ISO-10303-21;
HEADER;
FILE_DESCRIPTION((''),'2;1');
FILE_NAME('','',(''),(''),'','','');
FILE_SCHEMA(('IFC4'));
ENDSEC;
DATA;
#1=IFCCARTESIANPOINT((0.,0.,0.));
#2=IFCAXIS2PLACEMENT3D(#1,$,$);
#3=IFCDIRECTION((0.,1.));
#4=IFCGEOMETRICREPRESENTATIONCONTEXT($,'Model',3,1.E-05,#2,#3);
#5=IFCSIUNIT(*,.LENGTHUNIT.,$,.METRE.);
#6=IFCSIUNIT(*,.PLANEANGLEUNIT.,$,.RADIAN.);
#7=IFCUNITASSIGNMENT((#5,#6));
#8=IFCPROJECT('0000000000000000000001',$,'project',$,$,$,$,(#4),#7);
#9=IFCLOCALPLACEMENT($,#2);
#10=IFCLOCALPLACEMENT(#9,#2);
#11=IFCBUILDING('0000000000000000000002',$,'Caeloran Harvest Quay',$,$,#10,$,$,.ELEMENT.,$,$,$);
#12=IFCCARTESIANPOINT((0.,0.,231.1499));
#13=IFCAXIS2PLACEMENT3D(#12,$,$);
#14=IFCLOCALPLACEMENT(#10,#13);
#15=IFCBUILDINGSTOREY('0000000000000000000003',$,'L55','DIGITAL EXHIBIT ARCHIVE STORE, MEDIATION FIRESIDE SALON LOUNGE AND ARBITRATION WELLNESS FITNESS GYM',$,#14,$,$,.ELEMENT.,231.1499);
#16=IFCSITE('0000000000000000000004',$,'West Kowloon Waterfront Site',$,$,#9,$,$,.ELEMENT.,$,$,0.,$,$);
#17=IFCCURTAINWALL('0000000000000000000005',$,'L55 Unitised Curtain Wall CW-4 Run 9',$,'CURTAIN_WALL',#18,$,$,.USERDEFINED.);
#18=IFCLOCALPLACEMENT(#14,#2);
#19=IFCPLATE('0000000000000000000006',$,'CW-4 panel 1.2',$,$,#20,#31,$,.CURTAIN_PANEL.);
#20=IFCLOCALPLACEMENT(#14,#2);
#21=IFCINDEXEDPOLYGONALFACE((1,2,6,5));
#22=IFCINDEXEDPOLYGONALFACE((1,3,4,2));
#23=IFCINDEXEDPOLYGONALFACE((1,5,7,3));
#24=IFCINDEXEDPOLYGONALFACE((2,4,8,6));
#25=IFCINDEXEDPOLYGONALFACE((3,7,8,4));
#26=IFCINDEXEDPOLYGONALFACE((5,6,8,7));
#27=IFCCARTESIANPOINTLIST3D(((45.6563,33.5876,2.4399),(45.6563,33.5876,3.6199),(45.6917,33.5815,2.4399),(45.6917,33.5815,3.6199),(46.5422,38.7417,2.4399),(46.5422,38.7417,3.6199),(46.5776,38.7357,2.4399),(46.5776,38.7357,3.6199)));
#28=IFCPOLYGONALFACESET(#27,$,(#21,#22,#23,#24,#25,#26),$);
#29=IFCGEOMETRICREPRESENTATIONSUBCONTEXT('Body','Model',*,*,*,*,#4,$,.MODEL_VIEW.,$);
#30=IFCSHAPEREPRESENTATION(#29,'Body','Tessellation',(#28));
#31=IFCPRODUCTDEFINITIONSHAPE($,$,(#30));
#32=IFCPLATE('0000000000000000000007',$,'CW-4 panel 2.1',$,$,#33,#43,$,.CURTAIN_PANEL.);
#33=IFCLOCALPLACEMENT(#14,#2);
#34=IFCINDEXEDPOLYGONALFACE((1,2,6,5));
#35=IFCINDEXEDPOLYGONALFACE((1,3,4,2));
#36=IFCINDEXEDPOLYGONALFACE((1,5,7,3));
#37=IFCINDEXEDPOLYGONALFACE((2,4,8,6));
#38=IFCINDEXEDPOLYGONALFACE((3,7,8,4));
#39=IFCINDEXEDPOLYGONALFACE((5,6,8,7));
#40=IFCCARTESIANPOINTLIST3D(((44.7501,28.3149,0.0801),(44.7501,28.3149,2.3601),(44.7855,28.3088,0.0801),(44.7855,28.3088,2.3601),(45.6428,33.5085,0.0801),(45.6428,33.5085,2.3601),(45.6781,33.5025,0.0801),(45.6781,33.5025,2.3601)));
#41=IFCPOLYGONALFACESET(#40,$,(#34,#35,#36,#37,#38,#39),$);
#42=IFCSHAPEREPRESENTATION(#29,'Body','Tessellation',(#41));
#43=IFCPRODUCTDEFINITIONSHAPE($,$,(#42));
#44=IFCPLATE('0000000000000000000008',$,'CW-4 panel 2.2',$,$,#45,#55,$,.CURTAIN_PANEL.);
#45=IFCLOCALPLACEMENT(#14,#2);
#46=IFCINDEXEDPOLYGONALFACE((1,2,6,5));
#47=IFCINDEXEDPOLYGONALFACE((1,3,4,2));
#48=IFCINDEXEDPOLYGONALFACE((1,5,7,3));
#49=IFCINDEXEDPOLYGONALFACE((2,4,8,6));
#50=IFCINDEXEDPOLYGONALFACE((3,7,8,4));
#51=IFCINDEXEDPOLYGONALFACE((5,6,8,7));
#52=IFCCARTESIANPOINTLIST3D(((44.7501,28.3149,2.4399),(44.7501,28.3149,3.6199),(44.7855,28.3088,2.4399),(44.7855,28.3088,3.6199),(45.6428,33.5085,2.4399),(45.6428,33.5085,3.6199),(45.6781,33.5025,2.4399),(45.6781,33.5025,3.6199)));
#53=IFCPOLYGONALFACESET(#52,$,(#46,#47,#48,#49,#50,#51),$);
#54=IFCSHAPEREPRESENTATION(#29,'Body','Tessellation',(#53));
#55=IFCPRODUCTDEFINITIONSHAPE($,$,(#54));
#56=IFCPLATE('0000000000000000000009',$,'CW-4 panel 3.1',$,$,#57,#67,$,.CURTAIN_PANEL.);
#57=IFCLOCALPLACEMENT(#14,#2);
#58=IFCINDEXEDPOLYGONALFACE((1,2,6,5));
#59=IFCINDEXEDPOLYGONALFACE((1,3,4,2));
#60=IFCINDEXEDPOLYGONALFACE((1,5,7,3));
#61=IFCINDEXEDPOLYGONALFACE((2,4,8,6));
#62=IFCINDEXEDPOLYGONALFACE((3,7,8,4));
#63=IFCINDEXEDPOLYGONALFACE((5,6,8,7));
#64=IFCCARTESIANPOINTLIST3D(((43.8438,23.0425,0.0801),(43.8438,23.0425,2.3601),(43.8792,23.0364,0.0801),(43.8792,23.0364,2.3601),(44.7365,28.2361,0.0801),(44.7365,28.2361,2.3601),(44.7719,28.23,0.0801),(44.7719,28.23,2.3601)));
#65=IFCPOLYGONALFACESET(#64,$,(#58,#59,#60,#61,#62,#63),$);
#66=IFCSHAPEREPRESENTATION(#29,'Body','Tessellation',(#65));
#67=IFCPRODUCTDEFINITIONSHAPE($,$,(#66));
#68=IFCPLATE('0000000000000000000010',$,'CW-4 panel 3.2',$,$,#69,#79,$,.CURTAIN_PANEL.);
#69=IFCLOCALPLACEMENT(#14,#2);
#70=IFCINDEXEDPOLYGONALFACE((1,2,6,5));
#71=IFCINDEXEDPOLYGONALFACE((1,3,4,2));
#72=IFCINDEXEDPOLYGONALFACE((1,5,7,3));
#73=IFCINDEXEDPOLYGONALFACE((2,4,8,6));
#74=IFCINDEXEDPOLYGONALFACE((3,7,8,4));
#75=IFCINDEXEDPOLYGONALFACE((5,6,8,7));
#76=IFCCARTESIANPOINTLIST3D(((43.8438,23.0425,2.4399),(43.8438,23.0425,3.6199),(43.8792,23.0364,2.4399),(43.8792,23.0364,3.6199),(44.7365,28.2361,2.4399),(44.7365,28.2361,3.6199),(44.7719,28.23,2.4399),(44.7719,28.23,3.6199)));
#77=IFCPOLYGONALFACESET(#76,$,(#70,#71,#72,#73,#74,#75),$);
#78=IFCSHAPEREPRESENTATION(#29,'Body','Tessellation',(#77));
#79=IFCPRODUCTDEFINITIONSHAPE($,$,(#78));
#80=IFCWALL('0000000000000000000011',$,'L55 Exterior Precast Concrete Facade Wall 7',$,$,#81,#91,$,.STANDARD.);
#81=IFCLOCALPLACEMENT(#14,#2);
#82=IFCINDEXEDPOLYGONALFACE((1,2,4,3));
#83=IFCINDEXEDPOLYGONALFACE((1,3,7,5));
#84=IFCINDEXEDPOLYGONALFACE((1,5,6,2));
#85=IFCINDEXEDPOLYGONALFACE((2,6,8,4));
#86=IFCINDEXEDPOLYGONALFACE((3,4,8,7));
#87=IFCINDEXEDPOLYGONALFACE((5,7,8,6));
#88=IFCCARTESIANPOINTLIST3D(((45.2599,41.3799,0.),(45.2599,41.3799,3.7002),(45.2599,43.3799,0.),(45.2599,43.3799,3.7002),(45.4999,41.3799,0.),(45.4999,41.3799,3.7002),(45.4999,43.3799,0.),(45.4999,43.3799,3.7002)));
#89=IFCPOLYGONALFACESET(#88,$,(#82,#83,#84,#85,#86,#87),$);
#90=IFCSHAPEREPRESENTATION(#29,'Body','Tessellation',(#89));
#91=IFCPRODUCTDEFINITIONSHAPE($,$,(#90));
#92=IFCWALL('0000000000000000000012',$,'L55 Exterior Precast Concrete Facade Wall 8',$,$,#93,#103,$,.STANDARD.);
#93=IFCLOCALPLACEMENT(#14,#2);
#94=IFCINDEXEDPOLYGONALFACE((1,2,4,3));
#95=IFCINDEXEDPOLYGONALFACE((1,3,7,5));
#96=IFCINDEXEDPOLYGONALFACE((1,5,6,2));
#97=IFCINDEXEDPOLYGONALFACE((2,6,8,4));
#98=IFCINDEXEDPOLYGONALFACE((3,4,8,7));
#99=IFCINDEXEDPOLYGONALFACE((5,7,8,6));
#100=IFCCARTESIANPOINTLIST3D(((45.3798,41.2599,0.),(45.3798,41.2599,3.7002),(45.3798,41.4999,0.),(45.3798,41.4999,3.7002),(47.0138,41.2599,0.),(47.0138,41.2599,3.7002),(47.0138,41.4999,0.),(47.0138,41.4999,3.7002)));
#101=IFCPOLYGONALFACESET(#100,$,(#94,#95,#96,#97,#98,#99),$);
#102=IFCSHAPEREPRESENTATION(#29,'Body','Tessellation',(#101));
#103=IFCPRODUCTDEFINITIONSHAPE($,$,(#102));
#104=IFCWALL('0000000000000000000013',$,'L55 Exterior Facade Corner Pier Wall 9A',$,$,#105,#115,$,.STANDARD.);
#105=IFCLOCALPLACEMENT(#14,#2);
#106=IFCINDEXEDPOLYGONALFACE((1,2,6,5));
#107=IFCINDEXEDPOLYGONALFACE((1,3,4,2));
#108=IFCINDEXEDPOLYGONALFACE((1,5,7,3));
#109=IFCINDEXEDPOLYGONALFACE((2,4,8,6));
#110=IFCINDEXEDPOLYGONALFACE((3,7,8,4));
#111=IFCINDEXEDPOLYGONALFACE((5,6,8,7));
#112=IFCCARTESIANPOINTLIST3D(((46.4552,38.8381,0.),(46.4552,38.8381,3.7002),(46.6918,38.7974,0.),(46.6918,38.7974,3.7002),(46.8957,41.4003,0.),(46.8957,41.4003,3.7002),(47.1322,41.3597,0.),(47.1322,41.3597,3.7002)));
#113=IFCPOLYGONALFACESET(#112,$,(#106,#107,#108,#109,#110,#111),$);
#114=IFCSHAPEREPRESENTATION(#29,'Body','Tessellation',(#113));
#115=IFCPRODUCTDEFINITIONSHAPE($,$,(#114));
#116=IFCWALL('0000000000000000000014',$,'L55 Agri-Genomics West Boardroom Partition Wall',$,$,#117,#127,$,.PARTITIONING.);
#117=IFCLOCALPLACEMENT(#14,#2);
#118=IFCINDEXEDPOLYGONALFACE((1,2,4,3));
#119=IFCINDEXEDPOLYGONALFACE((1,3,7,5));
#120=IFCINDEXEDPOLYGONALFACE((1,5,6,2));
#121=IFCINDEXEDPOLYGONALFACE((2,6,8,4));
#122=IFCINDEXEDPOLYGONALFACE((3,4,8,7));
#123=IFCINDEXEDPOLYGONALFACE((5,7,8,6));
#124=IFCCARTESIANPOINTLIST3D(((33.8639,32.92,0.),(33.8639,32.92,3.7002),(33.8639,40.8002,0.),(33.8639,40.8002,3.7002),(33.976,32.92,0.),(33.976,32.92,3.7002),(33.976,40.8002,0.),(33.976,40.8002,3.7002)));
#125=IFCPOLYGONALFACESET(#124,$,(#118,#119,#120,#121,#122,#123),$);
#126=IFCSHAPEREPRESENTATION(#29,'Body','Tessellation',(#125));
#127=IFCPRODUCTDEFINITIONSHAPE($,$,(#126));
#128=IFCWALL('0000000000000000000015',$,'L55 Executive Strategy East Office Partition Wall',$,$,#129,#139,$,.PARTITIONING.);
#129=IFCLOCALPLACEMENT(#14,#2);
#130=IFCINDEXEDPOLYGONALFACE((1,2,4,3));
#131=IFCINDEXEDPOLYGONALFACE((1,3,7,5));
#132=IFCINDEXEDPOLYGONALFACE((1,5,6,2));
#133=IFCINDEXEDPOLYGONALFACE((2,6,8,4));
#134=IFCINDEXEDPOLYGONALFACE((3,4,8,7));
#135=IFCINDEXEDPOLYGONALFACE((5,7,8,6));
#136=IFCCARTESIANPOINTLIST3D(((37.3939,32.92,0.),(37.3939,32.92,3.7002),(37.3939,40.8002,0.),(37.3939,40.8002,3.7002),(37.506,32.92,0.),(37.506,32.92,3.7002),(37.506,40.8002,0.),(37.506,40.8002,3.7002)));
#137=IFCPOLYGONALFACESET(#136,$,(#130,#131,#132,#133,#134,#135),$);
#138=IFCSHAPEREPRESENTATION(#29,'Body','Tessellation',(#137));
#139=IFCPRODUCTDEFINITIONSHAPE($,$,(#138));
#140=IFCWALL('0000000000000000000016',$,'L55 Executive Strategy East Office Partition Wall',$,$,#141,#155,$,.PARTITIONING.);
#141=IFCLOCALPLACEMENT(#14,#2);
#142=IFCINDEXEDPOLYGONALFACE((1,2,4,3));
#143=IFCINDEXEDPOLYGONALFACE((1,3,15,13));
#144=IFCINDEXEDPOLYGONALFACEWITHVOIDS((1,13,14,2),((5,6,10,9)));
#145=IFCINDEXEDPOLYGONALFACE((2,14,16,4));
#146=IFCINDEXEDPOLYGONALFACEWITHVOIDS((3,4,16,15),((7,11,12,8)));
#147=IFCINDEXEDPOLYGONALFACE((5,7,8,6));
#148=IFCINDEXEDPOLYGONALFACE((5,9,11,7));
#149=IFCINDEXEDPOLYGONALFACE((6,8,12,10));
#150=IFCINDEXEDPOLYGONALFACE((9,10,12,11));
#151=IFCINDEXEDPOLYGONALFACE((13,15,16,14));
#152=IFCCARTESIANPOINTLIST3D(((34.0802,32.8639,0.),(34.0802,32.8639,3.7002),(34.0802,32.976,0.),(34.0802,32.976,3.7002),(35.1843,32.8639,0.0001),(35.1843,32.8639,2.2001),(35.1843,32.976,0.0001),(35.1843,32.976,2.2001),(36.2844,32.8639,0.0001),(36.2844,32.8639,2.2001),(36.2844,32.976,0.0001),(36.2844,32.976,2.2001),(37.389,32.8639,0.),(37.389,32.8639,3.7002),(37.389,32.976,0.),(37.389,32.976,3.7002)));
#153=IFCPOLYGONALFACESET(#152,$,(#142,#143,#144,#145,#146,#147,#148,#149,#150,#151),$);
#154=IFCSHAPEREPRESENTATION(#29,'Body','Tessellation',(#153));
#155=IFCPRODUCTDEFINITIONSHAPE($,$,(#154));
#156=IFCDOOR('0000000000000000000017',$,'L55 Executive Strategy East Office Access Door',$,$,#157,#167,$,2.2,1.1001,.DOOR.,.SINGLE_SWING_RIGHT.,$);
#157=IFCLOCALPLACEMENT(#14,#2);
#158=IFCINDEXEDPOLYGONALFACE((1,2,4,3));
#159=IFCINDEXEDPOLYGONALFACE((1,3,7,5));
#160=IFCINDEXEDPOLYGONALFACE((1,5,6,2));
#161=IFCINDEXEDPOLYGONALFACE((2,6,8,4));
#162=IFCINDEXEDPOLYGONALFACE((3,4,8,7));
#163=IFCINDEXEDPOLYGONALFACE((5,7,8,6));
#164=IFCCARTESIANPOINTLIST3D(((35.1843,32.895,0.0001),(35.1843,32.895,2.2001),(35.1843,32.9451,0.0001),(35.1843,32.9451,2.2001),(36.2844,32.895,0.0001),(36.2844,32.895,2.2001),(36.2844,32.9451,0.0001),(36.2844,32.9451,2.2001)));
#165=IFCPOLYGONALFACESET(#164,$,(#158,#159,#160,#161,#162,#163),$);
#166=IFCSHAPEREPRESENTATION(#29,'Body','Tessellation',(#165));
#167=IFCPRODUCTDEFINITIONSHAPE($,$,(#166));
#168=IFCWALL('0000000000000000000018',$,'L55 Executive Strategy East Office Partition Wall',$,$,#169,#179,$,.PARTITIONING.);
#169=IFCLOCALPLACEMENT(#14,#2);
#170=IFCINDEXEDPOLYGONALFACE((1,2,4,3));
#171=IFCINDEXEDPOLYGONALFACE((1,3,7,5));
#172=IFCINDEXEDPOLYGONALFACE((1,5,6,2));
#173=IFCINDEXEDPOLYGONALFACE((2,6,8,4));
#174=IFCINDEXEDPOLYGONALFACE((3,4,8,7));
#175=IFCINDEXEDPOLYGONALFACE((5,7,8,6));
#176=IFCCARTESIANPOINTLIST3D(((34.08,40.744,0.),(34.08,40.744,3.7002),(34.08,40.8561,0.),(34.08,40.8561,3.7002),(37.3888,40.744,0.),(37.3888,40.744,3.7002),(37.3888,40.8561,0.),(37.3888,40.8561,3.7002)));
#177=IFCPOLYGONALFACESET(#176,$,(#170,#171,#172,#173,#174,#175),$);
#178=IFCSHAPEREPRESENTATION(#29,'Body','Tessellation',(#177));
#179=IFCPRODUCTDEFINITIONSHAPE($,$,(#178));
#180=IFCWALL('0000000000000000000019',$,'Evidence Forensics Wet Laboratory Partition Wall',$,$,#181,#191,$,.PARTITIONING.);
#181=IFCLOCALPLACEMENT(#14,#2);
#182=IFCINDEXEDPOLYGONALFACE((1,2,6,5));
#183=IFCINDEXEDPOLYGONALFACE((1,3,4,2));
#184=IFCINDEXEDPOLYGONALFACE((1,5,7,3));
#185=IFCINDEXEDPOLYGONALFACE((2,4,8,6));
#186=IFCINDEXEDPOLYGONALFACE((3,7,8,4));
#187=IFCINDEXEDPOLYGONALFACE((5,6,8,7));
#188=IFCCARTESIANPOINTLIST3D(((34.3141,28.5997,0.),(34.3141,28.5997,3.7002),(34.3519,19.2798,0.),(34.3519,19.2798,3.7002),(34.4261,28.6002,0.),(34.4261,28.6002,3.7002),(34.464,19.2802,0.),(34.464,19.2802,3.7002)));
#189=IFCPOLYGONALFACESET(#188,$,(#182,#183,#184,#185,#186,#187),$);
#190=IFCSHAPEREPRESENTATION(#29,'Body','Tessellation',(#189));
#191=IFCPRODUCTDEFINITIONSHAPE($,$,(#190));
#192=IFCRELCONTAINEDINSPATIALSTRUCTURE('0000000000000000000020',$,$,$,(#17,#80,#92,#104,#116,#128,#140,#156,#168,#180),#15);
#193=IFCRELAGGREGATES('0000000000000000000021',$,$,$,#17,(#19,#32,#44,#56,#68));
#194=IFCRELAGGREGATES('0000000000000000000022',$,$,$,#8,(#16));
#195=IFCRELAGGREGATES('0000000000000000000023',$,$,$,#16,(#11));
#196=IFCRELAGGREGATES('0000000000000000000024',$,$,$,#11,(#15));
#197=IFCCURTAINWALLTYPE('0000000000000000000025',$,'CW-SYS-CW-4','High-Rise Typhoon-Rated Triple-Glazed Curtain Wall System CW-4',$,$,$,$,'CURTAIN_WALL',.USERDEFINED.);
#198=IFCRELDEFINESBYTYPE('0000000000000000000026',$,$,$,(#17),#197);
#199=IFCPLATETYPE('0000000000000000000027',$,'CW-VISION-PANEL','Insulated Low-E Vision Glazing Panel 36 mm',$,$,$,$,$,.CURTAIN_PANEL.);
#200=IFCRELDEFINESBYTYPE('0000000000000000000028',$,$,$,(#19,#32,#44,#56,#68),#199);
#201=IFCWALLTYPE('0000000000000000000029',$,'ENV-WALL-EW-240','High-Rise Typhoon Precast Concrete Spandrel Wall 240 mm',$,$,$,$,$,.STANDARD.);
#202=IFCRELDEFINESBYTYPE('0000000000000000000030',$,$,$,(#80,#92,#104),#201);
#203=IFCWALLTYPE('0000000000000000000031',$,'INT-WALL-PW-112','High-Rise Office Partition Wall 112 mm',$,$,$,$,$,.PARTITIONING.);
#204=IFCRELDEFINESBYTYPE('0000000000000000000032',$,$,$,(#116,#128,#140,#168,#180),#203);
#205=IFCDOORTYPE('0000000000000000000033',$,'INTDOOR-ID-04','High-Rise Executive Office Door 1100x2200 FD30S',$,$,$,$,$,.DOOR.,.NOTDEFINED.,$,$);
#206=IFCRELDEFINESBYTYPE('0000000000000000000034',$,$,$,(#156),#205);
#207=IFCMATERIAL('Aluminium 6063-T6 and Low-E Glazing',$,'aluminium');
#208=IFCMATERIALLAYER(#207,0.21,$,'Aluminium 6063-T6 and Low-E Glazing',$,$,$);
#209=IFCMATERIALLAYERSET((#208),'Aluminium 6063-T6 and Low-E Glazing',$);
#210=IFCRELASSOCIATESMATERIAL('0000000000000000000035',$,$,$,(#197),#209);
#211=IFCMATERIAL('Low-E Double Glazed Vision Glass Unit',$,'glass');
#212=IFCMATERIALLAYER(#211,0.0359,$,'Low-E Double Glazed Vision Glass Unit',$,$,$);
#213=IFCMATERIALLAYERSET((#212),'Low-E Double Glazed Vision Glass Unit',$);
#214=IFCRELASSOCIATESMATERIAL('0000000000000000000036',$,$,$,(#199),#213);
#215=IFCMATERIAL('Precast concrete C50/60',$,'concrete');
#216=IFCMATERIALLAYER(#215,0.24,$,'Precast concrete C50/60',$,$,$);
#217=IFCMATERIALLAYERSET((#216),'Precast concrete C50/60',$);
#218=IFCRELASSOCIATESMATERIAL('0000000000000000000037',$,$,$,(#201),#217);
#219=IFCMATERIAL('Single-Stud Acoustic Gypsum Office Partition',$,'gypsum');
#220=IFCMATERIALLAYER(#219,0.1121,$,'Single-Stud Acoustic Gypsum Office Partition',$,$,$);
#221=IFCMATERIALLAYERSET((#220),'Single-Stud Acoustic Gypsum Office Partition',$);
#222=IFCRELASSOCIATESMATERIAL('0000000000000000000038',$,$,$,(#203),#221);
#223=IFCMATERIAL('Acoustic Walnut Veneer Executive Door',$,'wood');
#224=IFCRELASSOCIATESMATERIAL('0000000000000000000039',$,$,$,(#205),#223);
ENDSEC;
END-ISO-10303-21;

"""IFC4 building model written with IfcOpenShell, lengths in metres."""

from ifc_helpers import new_model, si_unit, direction, frame, frame_2d, origin, origin_2d, place, context, subcontext, project, spatial, rectangle, extrude, material, layer, layer_set, type_object, element, fill, aggregate, save


model = new_model("IFC4")

# Units and contexts
model_context = context("Model", 3, precision=1e-05, world=origin(), true_north=direction((0.0, 1.0)))
body_context = subcontext(model_context, "Body", "Model", "MODEL_VIEW")
ifc_project = project(units=[si_unit("LENGTHUNIT", "METRE"), si_unit("PLANEANGLEUNIT", "RADIAN")], contexts=[model_context])

# Site, building, storey
site_placement = place(None, origin())
site = spatial("IfcSite", under=ifc_project, at=site_placement, Name="West Kowloon Waterfront Site", CompositionType="ELEMENT", RefElevation=0.0)
building_placement = place(site_placement, origin())
building = spatial("IfcBuilding", under=site, at=building_placement, Name="Caeloran Harvest Quay", CompositionType="ELEMENT")
storey_placement = place(building_placement, frame((0.0, 0.0, 231.1499)))
storey = spatial("IfcBuildingStorey", under=building, at=storey_placement, Name="L55", Description="DIGITAL EXHIBIT ARCHIVE STORE, MEDIATION FIRESIDE SALON LOUNGE AND ARBITRATION WELLNESS FITNESS GYM", CompositionType="ELEMENT", Elevation=231.1499)

# Curtain wall, plates
ifc_material_1 = material(Name="Aluminium 6063-T6 and Low-E Glazing", Category="aluminium")
ifc_layer_1 = layer(ifc_material_1, 0.21, Name="Aluminium 6063-T6 and Low-E Glazing")
ifc_layer_set_1 = layer_set([ifc_layer_1], Name="Aluminium 6063-T6 and Low-E Glazing")
curtain_wall_type = type_object("IfcCurtainWallType", Name="CW-SYS-CW-4", Description="High-Rise Typhoon-Rated Triple-Glazed Curtain Wall System CW-4", ElementType="CURTAIN_WALL", PredefinedType="USERDEFINED", material=ifc_layer_set_1)
curtain_wall_placement = place(storey_placement, origin())
curtain_wall = element("IfcCurtainWall", 1, at=curtain_wall_placement, inside=storey, type_object=curtain_wall_type, Name="L55 Unitised Curtain Wall CW-4 Run 9", ObjectType="CURTAIN_WALL", PredefinedType="USERDEFINED")
ifc_material_2 = material(Name="Low-E Double Glazed Vision Glass Unit", Category="glass")
ifc_layer_2 = layer(ifc_material_2, 0.0359, Name="Low-E Double Glazed Vision Glass Unit")
ifc_layer_set_2 = layer_set([ifc_layer_2], Name="Low-E Double Glazed Vision Glass Unit")
plate_type = type_object("IfcPlateType", Name="CW-VISION-PANEL", Description="Insulated Low-E Vision Glazing Panel 36 mm", PredefinedType="CURTAIN_PANEL", material=ifc_layer_set_2)
plate_1_placement = place(storey_placement, frame((46.1169, 36.1616, 2.4399), z_axis=(0.0, 0.0, 1.0), x_axis=(-0.169391, -0.985549, 0.0)))
plate_1 = element("IfcPlate", 2, at=plate_1_placement, type_object=plate_type, Name="CW-4 panel 1.2", PredefinedType="CURTAIN_PANEL", context=body_context, shape_type="SweptSolid", body=[
    extrude(rectangle(XDim=5.2297, YDim=0.0359, at=origin_2d()), origin(), (0.0, 0.0, 1.0), 1.1799),
])
plate_2_placement = place(storey_placement, frame((45.2141, 30.9087, 0.0801), z_axis=(0.0, 0.0, 1.0), x_axis=(-0.169391, -0.985549, 0.0)))
plate_2 = element("IfcPlate", 3, at=plate_2_placement, type_object=plate_type, Name="CW-4 panel 2.1", PredefinedType="CURTAIN_PANEL", context=body_context, shape_type="SweptSolid", body=[
    extrude(rectangle(XDim=5.2698, YDim=0.0359, at=origin_2d()), origin(), (0.0, 0.0, 1.0), 2.28),
])
plate_3_placement = place(storey_placement, frame((45.2141, 30.9087, 2.4399), z_axis=(0.0, 0.0, 1.0), x_axis=(-0.169391, -0.985549, 0.0)))
plate_3 = element("IfcPlate", 4, at=plate_3_placement, type_object=plate_type, Name="CW-4 panel 2.2", PredefinedType="CURTAIN_PANEL", context=body_context, shape_type="SweptSolid", body=[
    extrude(rectangle(XDim=5.2698, YDim=0.0359, at=origin_2d()), origin(), (0.0, 0.0, 1.0), 1.1799),
])
plate_4_placement = place(storey_placement, frame((44.3079, 25.6362, 0.0801), z_axis=(0.0, 0.0, 1.0), x_axis=(-0.169391, -0.985549, 0.0)))
plate_4 = element("IfcPlate", 5, at=plate_4_placement, type_object=plate_type, Name="CW-4 panel 3.1", PredefinedType="CURTAIN_PANEL", context=body_context, shape_type="SweptSolid", body=[
    extrude(rectangle(XDim=5.2698, YDim=0.0359, at=origin_2d()), origin(), (0.0, 0.0, 1.0), 2.28),
])
plate_5_placement = place(storey_placement, frame((44.3079, 25.6362, 2.4399), z_axis=(0.0, 0.0, 1.0), x_axis=(-0.169391, -0.985549, 0.0)))
plate_5 = element("IfcPlate", 6, at=plate_5_placement, type_object=plate_type, Name="CW-4 panel 3.2", PredefinedType="CURTAIN_PANEL", context=body_context, shape_type="SweptSolid", body=[
    extrude(rectangle(XDim=5.2698, YDim=0.0359, at=origin_2d()), origin(), (0.0, 0.0, 1.0), 1.1799),
])
aggregate(curtain_wall, [plate_1, plate_2, plate_3, plate_4, plate_5])

# Walls
ifc_material_3 = material(Name="Precast concrete C50/60", Category="concrete")
ifc_layer_3 = layer(ifc_material_3, 0.24, Name="Precast concrete C50/60")
ifc_layer_set_3 = layer_set([ifc_layer_3], Name="Precast concrete C50/60")
wall_type_1 = type_object("IfcWallType", Name="ENV-WALL-EW-240", Description="High-Rise Typhoon Precast Concrete Spandrel Wall 240 mm", PredefinedType="STANDARD", material=ifc_layer_set_3)
wall_1_placement = place(storey_placement, frame((45.3799, 43.3799, 0.0), z_axis=(0.0, 0.0, 1.0), x_axis=(0.0, -1.0, 0.0)))
element("IfcWall", 7, at=wall_1_placement, inside=storey, type_object=wall_type_1, Name="L55 Exterior Precast Concrete Facade Wall 7", PredefinedType="STANDARD", context=body_context, shape_type="SweptSolid", body=[
    extrude(rectangle(XDim=2.0, YDim=0.24, at=frame_2d((1.0, 0.0))), origin(), (0.0, 0.0, 1.0), 3.7002),
])
wall_2_placement = place(storey_placement, frame((45.3799, 41.3799, 0.0), z_axis=(0.0, 0.0, 1.0), x_axis=(1.0, 0.0, 0.0)))
element("IfcWall", 8, at=wall_2_placement, inside=storey, type_object=wall_type_1, Name="L55 Exterior Precast Concrete Facade Wall 8", PredefinedType="STANDARD", context=body_context, shape_type="SweptSolid", body=[
    extrude(rectangle(XDim=1.634, YDim=0.24, at=frame_2d((0.8169, 0.0))), origin(), (0.0, 0.0, 1.0), 3.7002),
])
wall_3_placement = place(storey_placement, frame((47.0139, 41.3799, 0.0), z_axis=(0.0, 0.0, 1.0), x_axis=(-0.169407, -0.985546, 0.0)))
element("IfcWall", 9, at=wall_3_placement, inside=storey, type_object=wall_type_1, Name="L55 Exterior Facade Corner Pier Wall 9A", PredefinedType="STANDARD", context=body_context, shape_type="SweptSolid", body=[
    extrude(rectangle(XDim=2.5999, YDim=0.24, at=frame_2d((1.2998, 0.0))), origin(), (0.0, 0.0, 1.0), 3.7002),
])
ifc_material_4 = material(Name="Single-Stud Acoustic Gypsum Office Partition", Category="gypsum")
ifc_layer_4 = layer(ifc_material_4, 0.1121, Name="Single-Stud Acoustic Gypsum Office Partition")
ifc_layer_set_4 = layer_set([ifc_layer_4], Name="Single-Stud Acoustic Gypsum Office Partition")
wall_type_2 = type_object("IfcWallType", Name="INT-WALL-PW-112", Description="High-Rise Office Partition Wall 112 mm", PredefinedType="PARTITIONING", material=ifc_layer_set_4)
for number, where, z_axis, x_axis, name in (
    (10, (33.9199, 40.8, 0.0), (0.0, 0.0, 1.0), (0.0, -1.0, 0.0), "L55 Agri-Genomics West Boardroom Partition Wall"),
    (11, (37.45, 40.8, 0.0), (0.0, 0.0, 1.0), (0.0, -1.0, 0.0), "L55 Executive Strategy East Office Partition Wall"),
):
    element("IfcWall", number, at=place(storey_placement, frame(where, z_axis=z_axis, x_axis=x_axis)), inside=storey, type_object=wall_type_2, Name=name, PredefinedType="PARTITIONING", context=body_context, shape_type="SweptSolid", body=[
        extrude(rectangle(XDim=7.8801, YDim=0.1121, at=frame_2d((3.9399, 0.0))), origin(), (0.0, 0.0, 1.0), 3.7002),
    ])

# Wall, opening, door
wall_4_placement = place(storey_placement, frame((37.3889, 32.9199, 0.0), z_axis=(0.0, 0.0, 1.0), x_axis=(-1.0, 0.0, 0.0)))
wall_4 = element("IfcWall", 12, at=wall_4_placement, inside=storey, type_object=wall_type_2, Name="L55 Executive Strategy East Office Partition Wall", PredefinedType="PARTITIONING", context=body_context, shape_type="SweptSolid", body=[
    extrude(rectangle(XDim=3.3088, YDim=0.1121, at=frame_2d((1.6543, 0.0))), origin(), (0.0, 0.0, 1.0), 3.7002),
])
opening_1_placement = place(wall_4_placement, frame((1.1045, 0.0, 0.0)))
opening_1 = element("IfcOpeningElement", 13, at=opening_1_placement, cuts=wall_4, PredefinedType="OPENING", context=body_context, shape_type="SweptSolid", body=[
    extrude(rectangle(XDim=1.1001, YDim=2.2, at=frame_2d((0.55, 1.1001))), frame((0.0, 0.0659, 0.0), z_axis=(0.0, -1.0, 0.0), x_axis=(1.0, 0.0, 0.0)), (0.0, 0.0, 1.0), 0.1321),
])
ifc_material_5 = material(Name="Acoustic Walnut Veneer Executive Door", Category="wood")
door_type = type_object("IfcDoorType", Name="INTDOOR-ID-04", Description="High-Rise Executive Office Door 1100x2200 FD30S", OperationType="NOTDEFINED", PredefinedType="DOOR", material=ifc_material_5)
door_1_placement = place(opening_1_placement, origin())
door_1 = element("IfcDoor", 14, at=door_1_placement, inside=storey, type_object=door_type, Name="L55 Executive Strategy East Office Access Door", OperationType="SINGLE_SWING_RIGHT", OverallHeight=2.2, OverallWidth=1.1001, PredefinedType="DOOR", context=body_context, shape_type="SweptSolid", body=[
    extrude(rectangle(XDim=1.1001, YDim=2.2, at=frame_2d((0.55, 1.1001))), frame((0.0, 0.0249, 0.0), z_axis=(0.0, -1.0, 0.0), x_axis=(1.0, 0.0, 0.0)), (0.0, 0.0, 1.0), 0.05),
])
fill(opening_1, door_1)

# Walls
wall_5_placement = place(storey_placement, frame((34.0801, 40.8, 0.0), z_axis=(0.0, 0.0, 1.0), x_axis=(1.0, 0.0, 0.0)))
element("IfcWall", 15, at=wall_5_placement, inside=storey, type_object=wall_type_2, Name="L55 Executive Strategy East Office Partition Wall", PredefinedType="PARTITIONING", context=body_context, shape_type="SweptSolid", body=[
    extrude(rectangle(XDim=3.3088, YDim=0.1121, at=frame_2d((1.6543, 0.0))), origin(), (0.0, 0.0, 1.0), 3.7002),
])
wall_6_placement = place(storey_placement, frame((34.3701, 28.6001, 0.0), z_axis=(0.0, 0.0, 1.0), x_axis=(0.00406, -0.999992, 0.0)))
element("IfcWall", 16, at=wall_6_placement, inside=storey, type_object=wall_type_2, Name="Evidence Forensics Wet Laboratory Partition Wall", PredefinedType="PARTITIONING", context=body_context, shape_type="SweptSolid", body=[
    extrude(rectangle(XDim=9.3201, YDim=0.1121, at=frame_2d((4.6602, 0.0))), origin(), (0.0, 0.0, 1.0), 3.7002),
])

save(model, "model.ifc")
